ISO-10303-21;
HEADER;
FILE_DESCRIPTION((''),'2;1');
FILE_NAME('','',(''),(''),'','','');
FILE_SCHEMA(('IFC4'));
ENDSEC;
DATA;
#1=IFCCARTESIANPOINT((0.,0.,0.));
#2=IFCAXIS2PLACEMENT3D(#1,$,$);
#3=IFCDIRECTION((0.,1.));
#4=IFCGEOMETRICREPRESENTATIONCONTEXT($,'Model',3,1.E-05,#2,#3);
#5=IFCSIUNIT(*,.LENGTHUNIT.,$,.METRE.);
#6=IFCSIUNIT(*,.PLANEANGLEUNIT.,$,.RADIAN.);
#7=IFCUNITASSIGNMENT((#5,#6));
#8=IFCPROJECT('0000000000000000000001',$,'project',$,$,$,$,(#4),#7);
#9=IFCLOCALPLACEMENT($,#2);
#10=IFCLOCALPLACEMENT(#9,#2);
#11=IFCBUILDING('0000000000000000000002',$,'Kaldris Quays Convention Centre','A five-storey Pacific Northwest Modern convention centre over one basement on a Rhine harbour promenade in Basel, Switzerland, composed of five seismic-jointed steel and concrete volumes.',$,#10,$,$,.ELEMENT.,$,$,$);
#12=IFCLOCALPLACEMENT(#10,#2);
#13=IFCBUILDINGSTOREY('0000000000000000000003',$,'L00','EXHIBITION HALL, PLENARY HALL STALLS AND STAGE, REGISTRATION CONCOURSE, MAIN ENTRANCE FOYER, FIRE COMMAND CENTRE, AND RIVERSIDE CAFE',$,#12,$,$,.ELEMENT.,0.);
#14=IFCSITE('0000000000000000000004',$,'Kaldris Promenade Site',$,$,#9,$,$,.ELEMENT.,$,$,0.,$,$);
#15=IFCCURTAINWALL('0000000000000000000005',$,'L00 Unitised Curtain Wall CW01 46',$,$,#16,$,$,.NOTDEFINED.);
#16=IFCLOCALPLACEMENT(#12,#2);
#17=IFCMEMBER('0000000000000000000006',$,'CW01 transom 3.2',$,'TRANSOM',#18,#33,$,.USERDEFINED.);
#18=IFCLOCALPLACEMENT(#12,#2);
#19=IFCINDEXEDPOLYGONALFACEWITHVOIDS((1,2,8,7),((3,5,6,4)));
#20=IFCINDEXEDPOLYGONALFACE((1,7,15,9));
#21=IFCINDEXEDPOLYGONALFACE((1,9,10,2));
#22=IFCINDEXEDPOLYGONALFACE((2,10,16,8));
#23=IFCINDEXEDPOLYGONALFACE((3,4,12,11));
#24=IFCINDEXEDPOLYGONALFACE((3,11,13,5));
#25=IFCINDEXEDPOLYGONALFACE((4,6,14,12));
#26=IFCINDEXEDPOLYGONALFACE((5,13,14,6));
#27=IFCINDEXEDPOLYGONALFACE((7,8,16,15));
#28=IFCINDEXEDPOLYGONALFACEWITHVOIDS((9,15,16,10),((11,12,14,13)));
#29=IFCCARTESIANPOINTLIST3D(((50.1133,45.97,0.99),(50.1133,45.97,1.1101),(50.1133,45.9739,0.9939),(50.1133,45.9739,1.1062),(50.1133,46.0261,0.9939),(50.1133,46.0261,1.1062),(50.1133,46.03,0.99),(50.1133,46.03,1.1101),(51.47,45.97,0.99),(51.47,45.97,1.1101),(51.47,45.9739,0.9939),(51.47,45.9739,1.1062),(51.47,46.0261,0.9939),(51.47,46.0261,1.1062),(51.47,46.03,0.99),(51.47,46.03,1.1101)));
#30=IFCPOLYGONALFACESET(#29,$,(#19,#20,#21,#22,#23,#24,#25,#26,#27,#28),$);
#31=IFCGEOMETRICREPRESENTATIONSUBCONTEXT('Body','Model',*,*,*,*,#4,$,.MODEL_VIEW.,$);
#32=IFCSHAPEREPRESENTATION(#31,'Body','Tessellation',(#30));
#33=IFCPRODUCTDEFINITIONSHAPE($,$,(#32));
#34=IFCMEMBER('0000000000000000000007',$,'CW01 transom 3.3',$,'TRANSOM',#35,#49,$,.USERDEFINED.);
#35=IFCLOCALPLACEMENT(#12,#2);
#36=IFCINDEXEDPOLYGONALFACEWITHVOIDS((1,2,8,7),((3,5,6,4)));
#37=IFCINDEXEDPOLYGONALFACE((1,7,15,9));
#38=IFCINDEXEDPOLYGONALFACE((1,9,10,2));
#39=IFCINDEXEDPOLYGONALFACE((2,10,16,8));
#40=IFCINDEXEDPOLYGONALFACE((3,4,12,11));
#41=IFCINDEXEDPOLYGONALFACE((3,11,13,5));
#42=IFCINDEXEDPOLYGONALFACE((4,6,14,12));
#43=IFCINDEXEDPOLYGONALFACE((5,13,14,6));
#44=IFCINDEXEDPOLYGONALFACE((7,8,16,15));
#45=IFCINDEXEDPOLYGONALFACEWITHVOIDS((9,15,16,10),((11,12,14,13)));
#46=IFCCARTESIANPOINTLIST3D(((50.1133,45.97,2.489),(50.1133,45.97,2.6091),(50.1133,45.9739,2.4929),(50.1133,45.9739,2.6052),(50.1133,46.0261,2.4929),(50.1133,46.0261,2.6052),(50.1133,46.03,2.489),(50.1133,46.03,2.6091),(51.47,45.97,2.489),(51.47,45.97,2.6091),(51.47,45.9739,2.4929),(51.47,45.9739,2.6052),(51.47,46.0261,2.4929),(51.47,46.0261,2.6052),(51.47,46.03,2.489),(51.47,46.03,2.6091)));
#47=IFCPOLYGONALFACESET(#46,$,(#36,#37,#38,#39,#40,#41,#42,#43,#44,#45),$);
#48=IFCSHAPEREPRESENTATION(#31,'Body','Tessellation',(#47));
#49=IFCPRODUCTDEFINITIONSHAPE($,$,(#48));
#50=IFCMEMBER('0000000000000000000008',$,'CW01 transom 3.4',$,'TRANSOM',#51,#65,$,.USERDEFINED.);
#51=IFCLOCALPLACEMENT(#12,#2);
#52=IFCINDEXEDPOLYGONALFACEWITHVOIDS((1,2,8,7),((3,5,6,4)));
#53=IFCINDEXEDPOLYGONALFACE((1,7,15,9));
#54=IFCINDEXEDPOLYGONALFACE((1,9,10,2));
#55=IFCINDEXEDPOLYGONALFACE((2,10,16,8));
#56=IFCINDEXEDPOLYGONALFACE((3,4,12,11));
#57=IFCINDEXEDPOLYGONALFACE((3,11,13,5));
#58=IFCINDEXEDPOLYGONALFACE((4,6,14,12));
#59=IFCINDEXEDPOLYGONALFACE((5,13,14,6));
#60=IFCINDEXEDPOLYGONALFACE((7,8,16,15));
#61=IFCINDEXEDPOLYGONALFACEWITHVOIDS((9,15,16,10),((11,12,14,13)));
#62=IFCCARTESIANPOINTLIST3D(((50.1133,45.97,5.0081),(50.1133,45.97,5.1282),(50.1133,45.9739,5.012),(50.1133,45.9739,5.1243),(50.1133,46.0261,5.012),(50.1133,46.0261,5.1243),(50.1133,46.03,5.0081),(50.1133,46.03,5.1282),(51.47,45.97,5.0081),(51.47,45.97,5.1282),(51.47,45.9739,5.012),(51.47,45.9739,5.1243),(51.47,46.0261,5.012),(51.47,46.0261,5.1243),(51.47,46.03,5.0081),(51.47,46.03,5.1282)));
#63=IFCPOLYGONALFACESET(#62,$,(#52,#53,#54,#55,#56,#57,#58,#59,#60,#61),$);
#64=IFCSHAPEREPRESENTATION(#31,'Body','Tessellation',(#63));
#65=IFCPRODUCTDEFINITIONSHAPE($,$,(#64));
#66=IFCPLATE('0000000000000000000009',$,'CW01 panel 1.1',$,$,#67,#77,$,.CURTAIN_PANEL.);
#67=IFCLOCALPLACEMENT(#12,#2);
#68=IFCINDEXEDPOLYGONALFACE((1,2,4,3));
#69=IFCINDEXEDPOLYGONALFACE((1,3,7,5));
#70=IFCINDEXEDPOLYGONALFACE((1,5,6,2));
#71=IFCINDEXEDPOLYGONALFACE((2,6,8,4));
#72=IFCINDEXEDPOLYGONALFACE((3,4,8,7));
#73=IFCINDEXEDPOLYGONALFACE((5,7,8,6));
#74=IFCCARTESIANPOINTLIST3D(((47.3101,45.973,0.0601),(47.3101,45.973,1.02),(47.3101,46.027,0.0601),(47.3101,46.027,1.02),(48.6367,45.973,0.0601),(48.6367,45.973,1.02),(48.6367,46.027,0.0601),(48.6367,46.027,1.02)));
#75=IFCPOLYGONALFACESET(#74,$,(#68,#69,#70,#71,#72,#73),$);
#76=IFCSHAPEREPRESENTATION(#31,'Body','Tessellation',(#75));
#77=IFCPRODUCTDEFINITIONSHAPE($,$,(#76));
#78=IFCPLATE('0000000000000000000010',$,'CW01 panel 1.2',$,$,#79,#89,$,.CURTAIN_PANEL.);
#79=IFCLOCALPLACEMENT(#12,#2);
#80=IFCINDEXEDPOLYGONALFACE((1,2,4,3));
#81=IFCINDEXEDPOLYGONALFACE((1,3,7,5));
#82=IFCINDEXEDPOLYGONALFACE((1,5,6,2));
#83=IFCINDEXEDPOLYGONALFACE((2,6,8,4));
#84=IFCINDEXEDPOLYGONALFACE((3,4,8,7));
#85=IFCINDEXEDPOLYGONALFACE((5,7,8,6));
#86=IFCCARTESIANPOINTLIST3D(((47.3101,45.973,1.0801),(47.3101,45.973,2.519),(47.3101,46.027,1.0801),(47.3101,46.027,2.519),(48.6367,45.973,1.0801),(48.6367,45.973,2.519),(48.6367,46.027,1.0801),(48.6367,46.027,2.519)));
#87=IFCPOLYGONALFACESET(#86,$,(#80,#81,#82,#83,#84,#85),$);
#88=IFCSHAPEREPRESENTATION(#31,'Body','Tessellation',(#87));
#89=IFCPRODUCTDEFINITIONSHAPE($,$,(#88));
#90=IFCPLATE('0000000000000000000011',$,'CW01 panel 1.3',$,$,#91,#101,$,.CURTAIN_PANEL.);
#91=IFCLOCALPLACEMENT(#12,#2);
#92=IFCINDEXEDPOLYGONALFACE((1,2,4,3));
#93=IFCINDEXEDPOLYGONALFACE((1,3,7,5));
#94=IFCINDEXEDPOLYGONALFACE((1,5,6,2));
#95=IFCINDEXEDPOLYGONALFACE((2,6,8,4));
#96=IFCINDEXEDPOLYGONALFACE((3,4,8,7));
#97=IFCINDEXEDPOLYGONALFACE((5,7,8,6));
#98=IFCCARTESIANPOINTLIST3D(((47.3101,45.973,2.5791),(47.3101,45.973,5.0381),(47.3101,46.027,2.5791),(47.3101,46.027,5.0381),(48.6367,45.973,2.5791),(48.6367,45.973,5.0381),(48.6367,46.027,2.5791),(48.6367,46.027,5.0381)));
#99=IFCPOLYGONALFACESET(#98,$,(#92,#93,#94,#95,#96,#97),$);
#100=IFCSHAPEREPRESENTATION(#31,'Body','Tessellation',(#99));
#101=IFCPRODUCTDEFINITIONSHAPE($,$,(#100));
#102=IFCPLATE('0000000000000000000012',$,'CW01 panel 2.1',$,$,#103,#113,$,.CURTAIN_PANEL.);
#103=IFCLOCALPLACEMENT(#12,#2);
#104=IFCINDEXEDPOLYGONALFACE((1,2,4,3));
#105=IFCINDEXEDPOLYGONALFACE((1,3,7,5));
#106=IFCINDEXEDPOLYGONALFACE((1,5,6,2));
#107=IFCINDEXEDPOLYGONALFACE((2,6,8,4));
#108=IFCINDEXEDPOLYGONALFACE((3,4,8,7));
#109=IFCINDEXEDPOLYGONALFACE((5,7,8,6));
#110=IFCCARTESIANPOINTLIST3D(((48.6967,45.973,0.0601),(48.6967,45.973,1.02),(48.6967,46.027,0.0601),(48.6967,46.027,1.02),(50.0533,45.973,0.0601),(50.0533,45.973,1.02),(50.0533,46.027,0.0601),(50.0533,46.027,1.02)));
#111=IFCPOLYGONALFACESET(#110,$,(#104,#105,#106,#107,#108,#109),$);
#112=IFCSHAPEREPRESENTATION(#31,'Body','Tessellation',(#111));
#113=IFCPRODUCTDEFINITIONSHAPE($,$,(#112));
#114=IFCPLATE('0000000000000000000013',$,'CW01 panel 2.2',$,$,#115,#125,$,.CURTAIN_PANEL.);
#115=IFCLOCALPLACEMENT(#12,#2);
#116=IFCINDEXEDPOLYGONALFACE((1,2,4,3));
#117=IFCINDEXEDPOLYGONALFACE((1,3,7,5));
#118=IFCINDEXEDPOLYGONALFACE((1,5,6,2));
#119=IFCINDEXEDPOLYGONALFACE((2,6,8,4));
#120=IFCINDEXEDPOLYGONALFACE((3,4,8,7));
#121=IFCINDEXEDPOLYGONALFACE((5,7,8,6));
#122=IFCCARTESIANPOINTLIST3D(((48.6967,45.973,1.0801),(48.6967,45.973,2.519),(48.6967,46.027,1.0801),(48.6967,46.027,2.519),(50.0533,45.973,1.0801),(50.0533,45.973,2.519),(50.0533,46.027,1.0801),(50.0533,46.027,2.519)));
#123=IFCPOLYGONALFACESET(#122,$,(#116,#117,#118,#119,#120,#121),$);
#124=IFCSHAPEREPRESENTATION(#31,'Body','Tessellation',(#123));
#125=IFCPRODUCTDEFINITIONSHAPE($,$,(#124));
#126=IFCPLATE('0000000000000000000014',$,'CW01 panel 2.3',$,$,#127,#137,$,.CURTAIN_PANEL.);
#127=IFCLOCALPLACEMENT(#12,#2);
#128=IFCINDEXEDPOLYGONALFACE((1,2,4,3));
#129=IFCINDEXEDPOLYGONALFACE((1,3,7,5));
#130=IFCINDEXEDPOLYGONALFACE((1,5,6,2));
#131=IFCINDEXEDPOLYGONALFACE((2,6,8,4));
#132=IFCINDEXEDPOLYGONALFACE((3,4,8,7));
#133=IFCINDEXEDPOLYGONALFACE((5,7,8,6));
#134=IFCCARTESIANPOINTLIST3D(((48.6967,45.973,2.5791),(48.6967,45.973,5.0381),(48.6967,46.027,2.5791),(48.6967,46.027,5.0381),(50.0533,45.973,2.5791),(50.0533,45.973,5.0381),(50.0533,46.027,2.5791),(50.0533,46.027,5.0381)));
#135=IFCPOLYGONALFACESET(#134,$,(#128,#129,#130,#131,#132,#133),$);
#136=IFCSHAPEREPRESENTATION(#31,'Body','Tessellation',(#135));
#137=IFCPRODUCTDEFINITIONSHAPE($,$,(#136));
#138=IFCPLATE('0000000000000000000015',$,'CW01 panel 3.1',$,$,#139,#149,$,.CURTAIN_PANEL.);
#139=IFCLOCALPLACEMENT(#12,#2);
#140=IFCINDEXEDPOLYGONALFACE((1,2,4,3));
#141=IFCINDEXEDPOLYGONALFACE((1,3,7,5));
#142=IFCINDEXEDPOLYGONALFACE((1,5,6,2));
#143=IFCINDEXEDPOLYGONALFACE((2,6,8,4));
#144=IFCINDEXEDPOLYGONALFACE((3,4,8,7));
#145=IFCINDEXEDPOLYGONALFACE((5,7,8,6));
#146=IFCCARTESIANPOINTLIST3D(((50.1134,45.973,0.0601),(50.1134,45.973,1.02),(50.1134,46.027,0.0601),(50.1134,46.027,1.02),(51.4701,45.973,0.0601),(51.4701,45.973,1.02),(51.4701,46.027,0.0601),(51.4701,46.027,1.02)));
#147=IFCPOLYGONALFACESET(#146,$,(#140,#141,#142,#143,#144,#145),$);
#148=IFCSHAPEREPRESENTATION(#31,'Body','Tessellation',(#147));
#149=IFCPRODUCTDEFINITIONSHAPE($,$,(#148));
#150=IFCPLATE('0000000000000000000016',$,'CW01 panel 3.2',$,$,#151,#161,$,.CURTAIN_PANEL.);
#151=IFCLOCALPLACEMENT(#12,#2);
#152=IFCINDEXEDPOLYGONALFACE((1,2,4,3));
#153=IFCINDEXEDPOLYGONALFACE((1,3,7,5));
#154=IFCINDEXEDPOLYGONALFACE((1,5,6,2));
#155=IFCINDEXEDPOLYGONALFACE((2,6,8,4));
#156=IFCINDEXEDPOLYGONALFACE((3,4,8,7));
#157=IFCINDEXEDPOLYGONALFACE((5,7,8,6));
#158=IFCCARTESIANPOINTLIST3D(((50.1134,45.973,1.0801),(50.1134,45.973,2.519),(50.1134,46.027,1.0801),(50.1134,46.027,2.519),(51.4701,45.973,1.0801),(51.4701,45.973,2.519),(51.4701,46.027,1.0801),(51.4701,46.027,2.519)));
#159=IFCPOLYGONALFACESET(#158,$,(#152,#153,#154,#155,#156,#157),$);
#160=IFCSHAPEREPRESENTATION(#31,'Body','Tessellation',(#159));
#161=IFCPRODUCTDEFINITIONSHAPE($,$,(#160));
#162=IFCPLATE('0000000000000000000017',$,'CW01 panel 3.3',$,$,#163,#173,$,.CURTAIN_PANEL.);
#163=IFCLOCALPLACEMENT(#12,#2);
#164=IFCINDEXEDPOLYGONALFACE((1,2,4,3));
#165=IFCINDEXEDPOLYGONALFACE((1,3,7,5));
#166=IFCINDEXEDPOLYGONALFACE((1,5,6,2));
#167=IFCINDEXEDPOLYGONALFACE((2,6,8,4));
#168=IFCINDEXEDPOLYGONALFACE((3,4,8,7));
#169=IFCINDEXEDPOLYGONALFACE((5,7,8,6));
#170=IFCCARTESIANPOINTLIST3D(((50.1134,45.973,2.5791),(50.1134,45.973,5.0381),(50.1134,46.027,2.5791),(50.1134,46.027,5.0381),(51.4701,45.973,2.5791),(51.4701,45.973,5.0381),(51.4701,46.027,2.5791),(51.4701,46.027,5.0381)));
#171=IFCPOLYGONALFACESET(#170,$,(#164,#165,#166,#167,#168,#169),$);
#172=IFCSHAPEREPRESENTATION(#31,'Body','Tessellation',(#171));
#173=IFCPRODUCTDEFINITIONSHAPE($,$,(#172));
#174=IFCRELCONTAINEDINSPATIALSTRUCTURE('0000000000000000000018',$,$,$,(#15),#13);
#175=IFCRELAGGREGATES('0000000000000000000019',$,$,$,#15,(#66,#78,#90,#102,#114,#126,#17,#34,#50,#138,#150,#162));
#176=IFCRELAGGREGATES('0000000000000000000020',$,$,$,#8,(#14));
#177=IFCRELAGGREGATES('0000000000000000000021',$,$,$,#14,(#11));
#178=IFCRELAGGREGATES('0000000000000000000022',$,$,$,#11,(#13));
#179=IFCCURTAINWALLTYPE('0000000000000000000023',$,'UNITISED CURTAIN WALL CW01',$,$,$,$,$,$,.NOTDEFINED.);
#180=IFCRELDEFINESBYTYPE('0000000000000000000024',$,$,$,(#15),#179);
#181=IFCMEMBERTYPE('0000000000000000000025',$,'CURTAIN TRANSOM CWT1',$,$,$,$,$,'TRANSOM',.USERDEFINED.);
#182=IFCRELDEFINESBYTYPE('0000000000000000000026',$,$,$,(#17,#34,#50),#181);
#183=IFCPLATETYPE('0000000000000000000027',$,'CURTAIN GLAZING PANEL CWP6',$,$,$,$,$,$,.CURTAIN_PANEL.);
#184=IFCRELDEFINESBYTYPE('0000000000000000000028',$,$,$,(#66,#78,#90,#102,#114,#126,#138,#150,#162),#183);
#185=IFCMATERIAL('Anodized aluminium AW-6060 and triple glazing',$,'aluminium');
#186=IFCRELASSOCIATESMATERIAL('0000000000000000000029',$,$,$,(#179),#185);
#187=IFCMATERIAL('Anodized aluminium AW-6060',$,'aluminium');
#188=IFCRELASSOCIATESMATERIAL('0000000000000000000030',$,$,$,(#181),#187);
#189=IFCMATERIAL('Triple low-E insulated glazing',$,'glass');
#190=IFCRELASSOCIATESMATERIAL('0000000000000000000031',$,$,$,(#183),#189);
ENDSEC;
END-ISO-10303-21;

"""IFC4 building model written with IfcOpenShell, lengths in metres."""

from ifc_helpers import new_model, si_unit, direction, frame, origin, origin_2d, place, context, subcontext, project, spatial, rectangle, hollow_rectangle, extrude, material, material_profile, profile_set, type_object, element, aggregate, save


model = new_model("IFC4")

# Units and contexts
model_context = context("Model", 3, precision=1e-05, world=origin(), true_north=direction((0.0, 1.0)))
body_context = subcontext(model_context, "Body", "Model", "MODEL_VIEW")
ifc_project = project(units=[si_unit("LENGTHUNIT", "METRE"), si_unit("PLANEANGLEUNIT", "RADIAN")], contexts=[model_context])

# Site, building, storey
site_placement = place(None, origin())
site = spatial("IfcSite", under=ifc_project, at=site_placement, Name="Kaldris Promenade Site", CompositionType="ELEMENT", RefElevation=0.0)
building_placement = place(site_placement, origin())
building = spatial("IfcBuilding", under=site, at=building_placement, Name="Kaldris Quays Convention Centre", Description="A five-storey Pacific Northwest Modern convention centre over one basement on a Rhine harbour promenade in Basel, Switzerland, composed of five seismic-jointed steel and concrete volumes.", CompositionType="ELEMENT")
storey_placement = place(building_placement, origin())
storey = spatial("IfcBuildingStorey", under=building, at=storey_placement, Name="L00", Description="EXHIBITION HALL, PLENARY HALL STALLS AND STAGE, REGISTRATION CONCOURSE, MAIN ENTRANCE FOYER, FIRE COMMAND CENTRE, AND RIVERSIDE CAFE", CompositionType="ELEMENT", Elevation=0.0)

# Curtain wall, members, plates
ifc_material_1 = material(Name="Anodized aluminium AW-6060 and triple glazing", Category="aluminium")
curtain_wall_type = type_object("IfcCurtainWallType", Name="UNITISED CURTAIN WALL CW01", PredefinedType="NOTDEFINED", material=ifc_material_1)
curtain_wall_placement = place(storey_placement, origin())
curtain_wall = element("IfcCurtainWall", 1, at=curtain_wall_placement, inside=storey, type_object=curtain_wall_type, Name="L00 Unitised Curtain Wall CW01 46", PredefinedType="NOTDEFINED")
ifc_material_2 = material(Name="Anodized aluminium AW-6060", Category="aluminium")
ifc_material_profile_1 = material_profile(ifc_material_2, hollow_rectangle(XDim=0.0601, YDim=0.1201, WallThickness=0.0039, at=origin_2d()), Name="RHS 120x60x4")
ifc_profile_set_1 = profile_set([ifc_material_profile_1], Name="Anodized aluminium AW-6060")
member_type_1 = type_object("IfcMemberType", Name="CURTAIN TRANSOM CWT1", ElementType="TRANSOM", PredefinedType="USERDEFINED", material=ifc_profile_set_1)
member_1_placement = place(storey_placement, frame((50.1133, 46.0, 1.05), z_axis=(1.0, 0.0, 0.0), x_axis=(0.0, 1.0, 0.0)))
member_1 = element("IfcMember", 2, at=member_1_placement, type_object=member_type_1, Name="CW01 transom 3.2", ObjectType="TRANSOM", PredefinedType="USERDEFINED", context=body_context, shape_type="SweptSolid", body=[
    extrude(hollow_rectangle(XDim=0.0601, YDim=0.1201, WallThickness=0.0039, at=origin_2d()), origin(), (0.0, 0.0, 1.0), 1.3567),
])
member_2_placement = place(storey_placement, frame((50.1133, 46.0, 2.5491), z_axis=(1.0, 0.0, 0.0), x_axis=(0.0, 1.0, 0.0)))
member_2 = element("IfcMember", 3, at=member_2_placement, type_object=member_type_1, Name="CW01 transom 3.3", ObjectType="TRANSOM", PredefinedType="USERDEFINED", context=body_context, shape_type="SweptSolid", body=[
    extrude(hollow_rectangle(XDim=0.0601, YDim=0.1201, WallThickness=0.0039, at=origin_2d()), origin(), (0.0, 0.0, 1.0), 1.3567),
])
member_3_placement = place(storey_placement, frame((50.1133, 46.0, 5.0681), z_axis=(1.0, 0.0, 0.0), x_axis=(0.0, 1.0, 0.0)))
member_3 = element("IfcMember", 4, at=member_3_placement, type_object=member_type_1, Name="CW01 transom 3.4", ObjectType="TRANSOM", PredefinedType="USERDEFINED", context=body_context, shape_type="SweptSolid", body=[
    extrude(hollow_rectangle(XDim=0.0601, YDim=0.1201, WallThickness=0.0039, at=origin_2d()), origin(), (0.0, 0.0, 1.0), 1.3567),
])
ifc_material_3 = material(Name="Triple low-E insulated glazing", Category="glass")
plate_type = type_object("IfcPlateType", Name="CURTAIN GLAZING PANEL CWP6", PredefinedType="CURTAIN_PANEL", material=ifc_material_3)
plate_1_placement = place(storey_placement, frame((47.9734, 46.0, 0.0601), z_axis=(0.0, 0.0, 1.0), x_axis=(1.0, 0.0, 0.0)))
plate_1 = element("IfcPlate", 5, at=plate_1_placement, type_object=plate_type, Name="CW01 panel 1.1", PredefinedType="CURTAIN_PANEL", context=body_context, shape_type="SweptSolid", body=[
    extrude(rectangle(XDim=1.3267, YDim=0.054, at=origin_2d()), origin(), (0.0, 0.0, 1.0), 0.96),
])
plate_2_placement = place(storey_placement, frame((47.9734, 46.0, 1.0801), z_axis=(0.0, 0.0, 1.0), x_axis=(1.0, 0.0, 0.0)))
plate_2 = element("IfcPlate", 6, at=plate_2_placement, type_object=plate_type, Name="CW01 panel 1.2", PredefinedType="CURTAIN_PANEL", context=body_context, shape_type="SweptSolid", body=[
    extrude(rectangle(XDim=1.3267, YDim=0.054, at=origin_2d()), origin(), (0.0, 0.0, 1.0), 1.439),
])
plate_3_placement = place(storey_placement, frame((47.9734, 46.0, 2.5791), z_axis=(0.0, 0.0, 1.0), x_axis=(1.0, 0.0, 0.0)))
plate_3 = element("IfcPlate", 7, at=plate_3_placement, type_object=plate_type, Name="CW01 panel 1.3", PredefinedType="CURTAIN_PANEL", context=body_context, shape_type="SweptSolid", body=[
    extrude(rectangle(XDim=1.3267, YDim=0.054, at=origin_2d()), origin(), (0.0, 0.0, 1.0), 2.459),
])
plate_4_placement = place(storey_placement, frame((49.375, 46.0, 0.0601), z_axis=(0.0, 0.0, 1.0), x_axis=(1.0, 0.0, 0.0)))
plate_4 = element("IfcPlate", 8, at=plate_4_placement, type_object=plate_type, Name="CW01 panel 2.1", PredefinedType="CURTAIN_PANEL", context=body_context, shape_type="SweptSolid", body=[
    extrude(rectangle(XDim=1.3567, YDim=0.054, at=origin_2d()), origin(), (0.0, 0.0, 1.0), 0.96),
])
plate_5_placement = place(storey_placement, frame((49.375, 46.0, 1.0801), z_axis=(0.0, 0.0, 1.0), x_axis=(1.0, 0.0, 0.0)))
plate_5 = element("IfcPlate", 9, at=plate_5_placement, type_object=plate_type, Name="CW01 panel 2.2", PredefinedType="CURTAIN_PANEL", context=body_context, shape_type="SweptSolid", body=[
    extrude(rectangle(XDim=1.3567, YDim=0.054, at=origin_2d()), origin(), (0.0, 0.0, 1.0), 1.439),
])
plate_6_placement = place(storey_placement, frame((49.375, 46.0, 2.5791), z_axis=(0.0, 0.0, 1.0), x_axis=(1.0, 0.0, 0.0)))
plate_6 = element("IfcPlate", 10, at=plate_6_placement, type_object=plate_type, Name="CW01 panel 2.3", PredefinedType="CURTAIN_PANEL", context=body_context, shape_type="SweptSolid", body=[
    extrude(rectangle(XDim=1.3567, YDim=0.054, at=origin_2d()), origin(), (0.0, 0.0, 1.0), 2.459),
])
plate_7_placement = place(storey_placement, frame((50.7917, 46.0, 0.0601), z_axis=(0.0, 0.0, 1.0), x_axis=(1.0, 0.0, 0.0)))
plate_7 = element("IfcPlate", 11, at=plate_7_placement, type_object=plate_type, Name="CW01 panel 3.1", PredefinedType="CURTAIN_PANEL", context=body_context, shape_type="SweptSolid", body=[
    extrude(rectangle(XDim=1.3567, YDim=0.054, at=origin_2d()), origin(), (0.0, 0.0, 1.0), 0.96),
])
plate_8_placement = place(storey_placement, frame((50.7917, 46.0, 1.0801), z_axis=(0.0, 0.0, 1.0), x_axis=(1.0, 0.0, 0.0)))
plate_8 = element("IfcPlate", 12, at=plate_8_placement, type_object=plate_type, Name="CW01 panel 3.2", PredefinedType="CURTAIN_PANEL", context=body_context, shape_type="SweptSolid", body=[
    extrude(rectangle(XDim=1.3567, YDim=0.054, at=origin_2d()), origin(), (0.0, 0.0, 1.0), 1.439),
])
plate_9_placement = place(storey_placement, frame((50.7917, 46.0, 2.5791), z_axis=(0.0, 0.0, 1.0), x_axis=(1.0, 0.0, 0.0)))
plate_9 = element("IfcPlate", 13, at=plate_9_placement, type_object=plate_type, Name="CW01 panel 3.3", PredefinedType="CURTAIN_PANEL", context=body_context, shape_type="SweptSolid", body=[
    extrude(rectangle(XDim=1.3567, YDim=0.054, at=origin_2d()), origin(), (0.0, 0.0, 1.0), 2.459),
])
aggregate(curtain_wall, [plate_1, plate_2, plate_3, plate_4, plate_5, plate_6, member_1, member_2, member_3, plate_7, plate_8, plate_9])

save(model, "model.ifc")
